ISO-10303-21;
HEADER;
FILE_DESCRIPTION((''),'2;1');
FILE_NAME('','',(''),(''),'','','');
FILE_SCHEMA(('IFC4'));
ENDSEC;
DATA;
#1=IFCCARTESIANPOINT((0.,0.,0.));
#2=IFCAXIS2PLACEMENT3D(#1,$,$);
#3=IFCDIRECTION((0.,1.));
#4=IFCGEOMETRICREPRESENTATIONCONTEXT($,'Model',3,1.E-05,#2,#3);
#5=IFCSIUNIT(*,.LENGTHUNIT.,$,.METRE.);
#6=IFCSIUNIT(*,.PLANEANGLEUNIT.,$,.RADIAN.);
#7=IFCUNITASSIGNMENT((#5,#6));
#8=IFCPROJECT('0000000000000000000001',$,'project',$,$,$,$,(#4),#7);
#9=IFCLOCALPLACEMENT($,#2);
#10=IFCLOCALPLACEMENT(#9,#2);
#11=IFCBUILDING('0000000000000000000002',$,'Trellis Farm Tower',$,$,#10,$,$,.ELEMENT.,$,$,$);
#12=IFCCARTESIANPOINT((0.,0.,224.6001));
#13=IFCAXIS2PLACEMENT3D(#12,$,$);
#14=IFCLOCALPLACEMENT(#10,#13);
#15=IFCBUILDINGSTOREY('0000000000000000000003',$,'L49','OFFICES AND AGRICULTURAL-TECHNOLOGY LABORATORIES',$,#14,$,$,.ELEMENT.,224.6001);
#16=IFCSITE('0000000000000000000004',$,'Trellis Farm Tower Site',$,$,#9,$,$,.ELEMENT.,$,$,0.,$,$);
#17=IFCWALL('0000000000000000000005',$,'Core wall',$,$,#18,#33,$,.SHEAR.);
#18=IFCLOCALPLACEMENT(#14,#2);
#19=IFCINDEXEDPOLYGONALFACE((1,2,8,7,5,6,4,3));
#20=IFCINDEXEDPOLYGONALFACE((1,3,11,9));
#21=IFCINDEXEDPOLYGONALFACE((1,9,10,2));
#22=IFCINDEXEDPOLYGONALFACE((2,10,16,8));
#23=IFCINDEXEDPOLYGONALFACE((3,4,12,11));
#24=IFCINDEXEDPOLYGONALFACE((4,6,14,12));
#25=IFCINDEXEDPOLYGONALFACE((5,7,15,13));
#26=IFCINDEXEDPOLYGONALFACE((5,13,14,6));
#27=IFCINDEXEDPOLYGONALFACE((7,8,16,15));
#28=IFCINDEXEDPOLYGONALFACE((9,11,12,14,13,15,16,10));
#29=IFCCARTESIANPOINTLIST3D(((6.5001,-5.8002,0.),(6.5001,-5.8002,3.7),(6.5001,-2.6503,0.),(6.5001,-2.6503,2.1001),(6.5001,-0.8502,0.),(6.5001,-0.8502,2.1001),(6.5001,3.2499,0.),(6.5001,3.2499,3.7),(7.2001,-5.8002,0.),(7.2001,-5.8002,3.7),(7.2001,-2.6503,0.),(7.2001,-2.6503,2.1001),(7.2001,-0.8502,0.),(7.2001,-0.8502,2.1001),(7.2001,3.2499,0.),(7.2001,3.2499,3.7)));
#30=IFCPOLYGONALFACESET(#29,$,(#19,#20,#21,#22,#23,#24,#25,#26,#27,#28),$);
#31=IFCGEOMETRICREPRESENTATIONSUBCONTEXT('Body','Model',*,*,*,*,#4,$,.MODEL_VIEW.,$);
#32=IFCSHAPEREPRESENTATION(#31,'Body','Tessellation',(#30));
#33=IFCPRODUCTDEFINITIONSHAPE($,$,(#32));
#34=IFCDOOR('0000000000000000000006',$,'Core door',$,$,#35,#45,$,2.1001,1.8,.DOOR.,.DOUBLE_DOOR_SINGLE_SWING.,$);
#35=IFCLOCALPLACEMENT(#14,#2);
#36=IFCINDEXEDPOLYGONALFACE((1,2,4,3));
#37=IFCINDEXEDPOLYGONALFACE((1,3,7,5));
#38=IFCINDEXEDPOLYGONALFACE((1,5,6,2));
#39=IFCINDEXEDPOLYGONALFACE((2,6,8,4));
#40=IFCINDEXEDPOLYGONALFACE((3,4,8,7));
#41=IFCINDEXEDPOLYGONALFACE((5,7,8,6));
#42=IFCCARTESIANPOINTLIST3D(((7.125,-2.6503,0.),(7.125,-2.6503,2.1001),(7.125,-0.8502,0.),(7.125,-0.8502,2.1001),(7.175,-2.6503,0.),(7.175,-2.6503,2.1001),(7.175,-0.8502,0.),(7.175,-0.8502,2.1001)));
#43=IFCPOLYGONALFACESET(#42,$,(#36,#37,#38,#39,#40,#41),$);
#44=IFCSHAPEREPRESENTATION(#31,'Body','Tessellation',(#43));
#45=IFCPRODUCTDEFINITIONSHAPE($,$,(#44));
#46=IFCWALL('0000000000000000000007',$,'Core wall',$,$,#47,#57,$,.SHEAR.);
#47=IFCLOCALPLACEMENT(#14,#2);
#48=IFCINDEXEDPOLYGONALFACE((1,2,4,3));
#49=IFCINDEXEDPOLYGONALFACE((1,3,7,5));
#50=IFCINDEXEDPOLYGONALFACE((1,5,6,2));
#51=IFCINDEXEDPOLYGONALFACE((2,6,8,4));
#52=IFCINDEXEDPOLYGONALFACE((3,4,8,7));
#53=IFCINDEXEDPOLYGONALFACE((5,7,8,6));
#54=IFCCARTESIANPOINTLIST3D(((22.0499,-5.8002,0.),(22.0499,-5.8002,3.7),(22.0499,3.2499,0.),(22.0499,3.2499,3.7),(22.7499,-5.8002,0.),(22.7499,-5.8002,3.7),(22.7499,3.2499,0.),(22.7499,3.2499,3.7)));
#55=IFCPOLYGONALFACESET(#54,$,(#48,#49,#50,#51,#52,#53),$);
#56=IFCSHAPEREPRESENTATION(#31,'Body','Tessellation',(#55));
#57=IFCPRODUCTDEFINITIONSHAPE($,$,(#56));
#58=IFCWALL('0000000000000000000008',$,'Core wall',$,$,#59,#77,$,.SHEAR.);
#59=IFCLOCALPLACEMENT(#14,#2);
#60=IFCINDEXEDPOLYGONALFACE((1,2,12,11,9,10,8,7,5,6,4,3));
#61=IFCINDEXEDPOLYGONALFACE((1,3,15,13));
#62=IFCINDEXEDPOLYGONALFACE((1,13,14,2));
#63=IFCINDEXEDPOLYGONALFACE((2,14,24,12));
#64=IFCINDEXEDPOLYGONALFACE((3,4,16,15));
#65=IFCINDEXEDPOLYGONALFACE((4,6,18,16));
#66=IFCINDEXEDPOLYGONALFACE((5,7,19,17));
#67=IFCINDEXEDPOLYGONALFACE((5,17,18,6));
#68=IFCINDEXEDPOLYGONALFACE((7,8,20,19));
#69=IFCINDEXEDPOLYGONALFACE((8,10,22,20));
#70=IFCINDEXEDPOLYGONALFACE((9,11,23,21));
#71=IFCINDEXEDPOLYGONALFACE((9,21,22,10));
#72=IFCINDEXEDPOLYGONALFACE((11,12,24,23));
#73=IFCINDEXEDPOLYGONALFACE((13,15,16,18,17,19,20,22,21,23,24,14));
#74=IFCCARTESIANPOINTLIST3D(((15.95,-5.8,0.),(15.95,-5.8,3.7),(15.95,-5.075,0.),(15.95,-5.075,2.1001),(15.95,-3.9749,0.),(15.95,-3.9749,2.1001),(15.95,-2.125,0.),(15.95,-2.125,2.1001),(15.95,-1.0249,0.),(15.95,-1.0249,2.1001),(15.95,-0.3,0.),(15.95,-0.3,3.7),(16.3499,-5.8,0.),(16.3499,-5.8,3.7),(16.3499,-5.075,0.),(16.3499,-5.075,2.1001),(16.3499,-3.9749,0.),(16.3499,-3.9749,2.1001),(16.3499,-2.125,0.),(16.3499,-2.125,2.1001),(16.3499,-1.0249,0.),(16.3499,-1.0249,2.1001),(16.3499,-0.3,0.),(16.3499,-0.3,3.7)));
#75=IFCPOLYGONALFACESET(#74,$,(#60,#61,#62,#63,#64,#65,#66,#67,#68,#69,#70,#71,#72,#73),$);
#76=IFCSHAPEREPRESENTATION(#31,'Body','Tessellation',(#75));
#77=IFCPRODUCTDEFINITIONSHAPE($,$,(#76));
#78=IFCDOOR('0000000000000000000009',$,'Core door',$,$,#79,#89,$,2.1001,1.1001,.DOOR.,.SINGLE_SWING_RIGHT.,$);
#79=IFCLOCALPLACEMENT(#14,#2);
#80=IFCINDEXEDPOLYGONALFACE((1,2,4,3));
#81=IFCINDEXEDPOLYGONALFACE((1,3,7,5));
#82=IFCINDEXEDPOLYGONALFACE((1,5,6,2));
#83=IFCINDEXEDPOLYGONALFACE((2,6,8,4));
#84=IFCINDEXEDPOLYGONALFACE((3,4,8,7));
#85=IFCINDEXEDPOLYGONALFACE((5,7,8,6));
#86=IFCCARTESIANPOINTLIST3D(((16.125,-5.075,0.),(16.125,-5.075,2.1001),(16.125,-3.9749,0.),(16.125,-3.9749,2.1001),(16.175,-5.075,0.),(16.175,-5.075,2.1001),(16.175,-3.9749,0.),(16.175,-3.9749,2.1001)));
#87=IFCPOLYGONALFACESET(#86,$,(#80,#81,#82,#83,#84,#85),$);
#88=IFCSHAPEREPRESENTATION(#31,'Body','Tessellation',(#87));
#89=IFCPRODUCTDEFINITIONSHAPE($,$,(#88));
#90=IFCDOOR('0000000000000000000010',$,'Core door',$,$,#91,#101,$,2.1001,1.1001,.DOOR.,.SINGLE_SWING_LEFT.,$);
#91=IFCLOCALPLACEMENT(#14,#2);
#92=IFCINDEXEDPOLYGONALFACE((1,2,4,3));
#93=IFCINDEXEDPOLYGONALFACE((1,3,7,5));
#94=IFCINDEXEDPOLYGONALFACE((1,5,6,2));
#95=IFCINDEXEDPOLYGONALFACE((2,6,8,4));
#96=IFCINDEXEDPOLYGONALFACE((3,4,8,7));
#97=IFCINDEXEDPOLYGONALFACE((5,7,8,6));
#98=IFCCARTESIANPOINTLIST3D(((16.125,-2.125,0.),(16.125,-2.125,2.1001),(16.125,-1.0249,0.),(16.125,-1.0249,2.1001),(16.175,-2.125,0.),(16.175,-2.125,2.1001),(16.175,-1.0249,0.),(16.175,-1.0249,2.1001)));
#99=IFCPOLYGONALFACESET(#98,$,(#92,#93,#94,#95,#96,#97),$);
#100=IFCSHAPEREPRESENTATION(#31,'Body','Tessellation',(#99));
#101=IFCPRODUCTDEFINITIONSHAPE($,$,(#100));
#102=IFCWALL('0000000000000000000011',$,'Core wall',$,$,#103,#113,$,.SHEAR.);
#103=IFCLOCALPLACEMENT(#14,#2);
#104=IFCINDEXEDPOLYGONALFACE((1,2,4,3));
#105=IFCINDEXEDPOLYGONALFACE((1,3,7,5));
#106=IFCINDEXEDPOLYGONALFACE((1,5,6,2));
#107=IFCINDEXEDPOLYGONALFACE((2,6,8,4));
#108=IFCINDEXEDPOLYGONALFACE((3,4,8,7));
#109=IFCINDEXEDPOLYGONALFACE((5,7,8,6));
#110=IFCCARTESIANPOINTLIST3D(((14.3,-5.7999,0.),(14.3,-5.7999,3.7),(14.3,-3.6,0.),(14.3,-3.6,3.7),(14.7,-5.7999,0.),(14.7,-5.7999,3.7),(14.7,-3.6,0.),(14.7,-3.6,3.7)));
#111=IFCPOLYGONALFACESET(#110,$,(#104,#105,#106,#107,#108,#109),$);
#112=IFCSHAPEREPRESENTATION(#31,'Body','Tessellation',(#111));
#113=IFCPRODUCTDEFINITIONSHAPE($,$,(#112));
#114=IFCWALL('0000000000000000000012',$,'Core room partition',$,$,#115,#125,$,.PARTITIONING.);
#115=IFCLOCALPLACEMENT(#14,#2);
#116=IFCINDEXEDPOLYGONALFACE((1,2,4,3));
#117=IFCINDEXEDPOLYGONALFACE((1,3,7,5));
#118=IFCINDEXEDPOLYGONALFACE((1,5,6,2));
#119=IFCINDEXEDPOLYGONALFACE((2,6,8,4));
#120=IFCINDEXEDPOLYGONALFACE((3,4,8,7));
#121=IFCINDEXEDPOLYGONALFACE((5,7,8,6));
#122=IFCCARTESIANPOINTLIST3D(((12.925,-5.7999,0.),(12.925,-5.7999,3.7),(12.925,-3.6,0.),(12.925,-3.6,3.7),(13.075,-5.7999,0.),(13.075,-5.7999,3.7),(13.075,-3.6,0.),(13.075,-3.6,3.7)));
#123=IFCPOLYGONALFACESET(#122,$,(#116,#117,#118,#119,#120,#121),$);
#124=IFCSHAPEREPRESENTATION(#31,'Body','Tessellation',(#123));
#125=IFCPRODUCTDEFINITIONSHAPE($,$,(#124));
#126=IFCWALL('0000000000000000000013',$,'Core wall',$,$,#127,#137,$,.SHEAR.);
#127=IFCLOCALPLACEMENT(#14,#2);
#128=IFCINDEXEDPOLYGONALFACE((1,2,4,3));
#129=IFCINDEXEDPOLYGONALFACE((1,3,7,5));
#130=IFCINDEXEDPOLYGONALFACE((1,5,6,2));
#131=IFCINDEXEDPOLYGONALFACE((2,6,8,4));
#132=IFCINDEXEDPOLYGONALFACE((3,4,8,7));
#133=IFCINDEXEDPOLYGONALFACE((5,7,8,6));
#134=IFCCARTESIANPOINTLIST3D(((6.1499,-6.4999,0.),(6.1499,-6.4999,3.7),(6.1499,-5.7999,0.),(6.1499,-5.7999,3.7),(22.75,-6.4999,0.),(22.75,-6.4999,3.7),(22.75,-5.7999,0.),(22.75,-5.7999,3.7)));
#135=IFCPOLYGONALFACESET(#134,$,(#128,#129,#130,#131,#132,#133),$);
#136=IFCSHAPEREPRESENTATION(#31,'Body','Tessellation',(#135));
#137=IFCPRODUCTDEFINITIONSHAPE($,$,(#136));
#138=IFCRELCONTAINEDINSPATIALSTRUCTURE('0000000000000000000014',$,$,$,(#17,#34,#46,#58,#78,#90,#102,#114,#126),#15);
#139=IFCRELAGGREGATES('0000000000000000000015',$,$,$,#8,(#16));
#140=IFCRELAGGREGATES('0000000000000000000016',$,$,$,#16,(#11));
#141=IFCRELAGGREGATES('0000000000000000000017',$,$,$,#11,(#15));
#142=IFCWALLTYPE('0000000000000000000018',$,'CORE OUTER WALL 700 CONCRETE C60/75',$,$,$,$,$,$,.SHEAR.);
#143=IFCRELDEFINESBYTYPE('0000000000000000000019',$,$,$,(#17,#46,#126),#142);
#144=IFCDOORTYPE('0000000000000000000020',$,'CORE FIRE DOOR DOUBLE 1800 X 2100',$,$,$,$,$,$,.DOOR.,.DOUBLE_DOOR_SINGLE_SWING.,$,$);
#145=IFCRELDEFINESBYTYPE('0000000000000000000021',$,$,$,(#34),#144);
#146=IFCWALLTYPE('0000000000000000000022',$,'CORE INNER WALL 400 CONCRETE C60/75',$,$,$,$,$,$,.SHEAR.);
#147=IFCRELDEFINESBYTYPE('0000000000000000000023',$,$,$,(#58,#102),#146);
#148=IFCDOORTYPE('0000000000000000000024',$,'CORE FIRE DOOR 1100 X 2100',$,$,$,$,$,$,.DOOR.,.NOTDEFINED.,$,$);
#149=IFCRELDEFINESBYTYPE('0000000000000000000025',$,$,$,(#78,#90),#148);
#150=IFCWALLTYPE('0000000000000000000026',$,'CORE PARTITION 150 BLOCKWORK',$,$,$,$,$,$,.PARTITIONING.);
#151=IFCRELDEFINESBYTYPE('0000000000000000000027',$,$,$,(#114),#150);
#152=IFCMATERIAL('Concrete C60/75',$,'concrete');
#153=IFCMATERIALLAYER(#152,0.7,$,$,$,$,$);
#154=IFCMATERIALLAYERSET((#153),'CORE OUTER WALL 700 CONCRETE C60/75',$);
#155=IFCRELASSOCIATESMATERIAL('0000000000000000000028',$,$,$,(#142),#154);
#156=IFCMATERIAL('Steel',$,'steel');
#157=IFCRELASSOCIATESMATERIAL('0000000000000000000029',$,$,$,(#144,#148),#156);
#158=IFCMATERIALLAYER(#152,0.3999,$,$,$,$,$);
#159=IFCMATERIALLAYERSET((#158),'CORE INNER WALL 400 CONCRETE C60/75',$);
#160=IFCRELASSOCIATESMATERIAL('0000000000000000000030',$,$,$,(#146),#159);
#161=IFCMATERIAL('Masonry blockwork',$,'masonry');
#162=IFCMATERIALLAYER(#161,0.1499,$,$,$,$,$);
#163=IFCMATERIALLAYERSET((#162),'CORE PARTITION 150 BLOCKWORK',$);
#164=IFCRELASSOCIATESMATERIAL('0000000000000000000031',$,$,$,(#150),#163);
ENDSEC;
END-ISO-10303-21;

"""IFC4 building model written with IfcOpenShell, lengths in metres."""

from ifc_helpers import new_model, si_unit, direction, frame, frame_2d, origin, place, context, subcontext, project, spatial, rectangle, extrude, source, transform, mapped, material, layer, layer_set, type_object, element, fill, save


model = new_model("IFC4")

# Units and contexts
model_context = context("Model", 3, precision=1e-05, world=origin(), true_north=direction((0.0, 1.0)))
body_context = subcontext(model_context, "Body", "Model", "MODEL_VIEW")
ifc_project = project(units=[si_unit("LENGTHUNIT", "METRE"), si_unit("PLANEANGLEUNIT", "RADIAN")], contexts=[model_context])

# Site, building, storey
site_placement = place(None, origin())
site = spatial("IfcSite", under=ifc_project, at=site_placement, Name="Trellis Farm Tower Site", CompositionType="ELEMENT", RefElevation=0.0)
building_placement = place(site_placement, origin())
building = spatial("IfcBuilding", under=site, at=building_placement, Name="Trellis Farm Tower", CompositionType="ELEMENT")
storey_placement = place(building_placement, frame((0.0, 0.0, 224.6001)))
storey = spatial("IfcBuildingStorey", under=building, at=storey_placement, Name="L49", Description="OFFICES AND AGRICULTURAL-TECHNOLOGY LABORATORIES", CompositionType="ELEMENT", Elevation=224.6001)

# Shared definitions
ifc_material_1 = material(Name="Concrete C60/75", Category="concrete")

# Wall, opening, door
ifc_layer_1 = layer(ifc_material_1, 0.7)
ifc_layer_set_1 = layer_set([ifc_layer_1], Name="CORE OUTER WALL 700 CONCRETE C60/75")
wall_type_1 = type_object("IfcWallType", Name="CORE OUTER WALL 700 CONCRETE C60/75", PredefinedType="SHEAR", material=ifc_layer_set_1)
shared_shape_1 = source(origin(), body_context, "Body", "SweptSolid", [
    extrude(rectangle(XDim=9.05, YDim=0.7, at=frame_2d((4.5249, 0.0))), origin(), (0.0, 0.0, 1.0), 3.7),
])
wall_1_placement = place(storey_placement, frame((6.8501, -5.8, 0.0), z_axis=(0.0, 0.0, 1.0), x_axis=(0.0, 1.0, 0.0)))
wall_1 = element("IfcWall", 1, at=wall_1_placement, inside=storey, type_object=wall_type_1, Name="Core wall", PredefinedType="SHEAR", context=body_context, shape_type="MappedRepresentation", body=[
    mapped(shared_shape_1, transform((0.0, 0.0, 0.0))),
])
shared_shape_2 = source(origin(), body_context, "Body", "SweptSolid", [
    extrude(rectangle(XDim=1.8, YDim=2.1001, at=frame_2d((0.8999, 1.05))), frame((0.0, 0.3601, 0.0), z_axis=(0.0, -1.0, 0.0), x_axis=(1.0, 0.0, 0.0)), (0.0, 0.0, 1.0), 0.7202),
])
opening_1_placement = place(wall_1_placement, frame((3.1499, 0.0, 0.0)))
opening_1 = element("IfcOpeningElement", 2, at=opening_1_placement, cuts=wall_1, PredefinedType="OPENING", context=body_context, shape_type="MappedRepresentation", body=[
    mapped(shared_shape_2, transform((0.0, 0.0, 0.0))),
])
ifc_material_2 = material(Name="Steel", Category="steel")
door_type_1 = type_object("IfcDoorType", Name="CORE FIRE DOOR DOUBLE 1800 X 2100", OperationType="DOUBLE_DOOR_SINGLE_SWING", PredefinedType="DOOR", material=ifc_material_2)
shared_shape_3 = source(origin(), body_context, "Body", "SweptSolid", [
    extrude(rectangle(XDim=1.8, YDim=2.1001, at=frame_2d((0.8999, 1.05))), frame((0.0, -0.2749, 0.0), z_axis=(0.0, -1.0, 0.0), x_axis=(1.0, 0.0, 0.0)), (0.0, 0.0, 1.0), 0.05),
])
door_1_placement = place(opening_1_placement, origin())
door_1 = element("IfcDoor", 3, at=door_1_placement, inside=storey, type_object=door_type_1, Name="Core door", OperationType="DOUBLE_DOOR_SINGLE_SWING", OverallHeight=2.1001, OverallWidth=1.8, PredefinedType="DOOR", context=body_context, shape_type="MappedRepresentation", body=[
    mapped(shared_shape_3, transform((0.0, 0.0, 0.0))),
])
fill(opening_1, door_1)

# Wall
wall_2_placement = place(storey_placement, frame((22.3999, -5.8, 0.0), z_axis=(0.0, 0.0, 1.0), x_axis=(0.0, 1.0, 0.0)))
element("IfcWall", 4, at=wall_2_placement, inside=storey, type_object=wall_type_1, Name="Core wall", PredefinedType="SHEAR", context=body_context, shape_type="MappedRepresentation", body=[
    mapped(shared_shape_1, transform((0.0, 0.0, 0.0))),
])

# Wall, openings, doors
ifc_layer_2 = layer(ifc_material_1, 0.3999)
ifc_layer_set_2 = layer_set([ifc_layer_2], Name="CORE INNER WALL 400 CONCRETE C60/75")
wall_type_2 = type_object("IfcWallType", Name="CORE INNER WALL 400 CONCRETE C60/75", PredefinedType="SHEAR", material=ifc_layer_set_2)
shared_shape_4 = source(origin(), body_context, "Body", "SweptSolid", [
    extrude(rectangle(XDim=5.5, YDim=0.3999, at=frame_2d((2.75, 0.0))), origin(), (0.0, 0.0, 1.0), 3.7),
])
wall_3_placement = place(storey_placement, frame((16.1499, -5.8, 0.0), z_axis=(0.0, 0.0, 1.0), x_axis=(0.0, 1.0, 0.0)))
wall_3 = element("IfcWall", 5, at=wall_3_placement, inside=storey, type_object=wall_type_2, Name="Core wall", PredefinedType="SHEAR", context=body_context, shape_type="MappedRepresentation", body=[
    mapped(shared_shape_4, transform((0.0, 0.0, 0.0))),
])
shared_shape_5 = source(origin(), body_context, "Body", "SweptSolid", [
    extrude(rectangle(XDim=1.1001, YDim=2.1001, at=frame_2d((0.55, 1.05))), frame((0.0, 0.21, 0.0), z_axis=(0.0, -1.0, 0.0), x_axis=(1.0, 0.0, 0.0)), (0.0, 0.0, 1.0), 0.4199),
])
opening_2_placement = place(wall_3_placement, frame((0.7251, 0.0, 0.0)))
opening_2 = element("IfcOpeningElement", 6, at=opening_2_placement, cuts=wall_3, PredefinedType="OPENING", context=body_context, shape_type="MappedRepresentation", body=[
    mapped(shared_shape_5, transform((0.0, 0.0, 0.0))),
])
opening_3_placement = place(wall_3_placement, frame((3.675, 0.0, 0.0)))
opening_3 = element("IfcOpeningElement", 7, at=opening_3_placement, cuts=wall_3, PredefinedType="OPENING", context=body_context, shape_type="MappedRepresentation", body=[
    mapped(shared_shape_5, transform((0.0, 0.0, 0.0))),
])
door_type_2 = type_object("IfcDoorType", Name="CORE FIRE DOOR 1100 X 2100", OperationType="NOTDEFINED", PredefinedType="DOOR", material=ifc_material_2)
shared_shape_6 = source(origin(), body_context, "Body", "SweptSolid", [
    extrude(rectangle(XDim=1.1001, YDim=2.1001, at=frame_2d((0.55, 1.05))), frame((0.0, 0.0249, 0.0), z_axis=(0.0, -1.0, 0.0), x_axis=(1.0, 0.0, 0.0)), (0.0, 0.0, 1.0), 0.05),
])
door_2_placement = place(opening_2_placement, origin())
door_2 = element("IfcDoor", 8, at=door_2_placement, inside=storey, type_object=door_type_2, Name="Core door", OperationType="SINGLE_SWING_RIGHT", OverallHeight=2.1001, OverallWidth=1.1001, PredefinedType="DOOR", context=body_context, shape_type="MappedRepresentation", body=[
    mapped(shared_shape_6, transform((0.0, 0.0, 0.0))),
])
fill(opening_2, door_2)
door_3_placement = place(opening_3_placement, origin())
door_3 = element("IfcDoor", 9, at=door_3_placement, inside=storey, type_object=door_type_2, Name="Core door", OperationType="SINGLE_SWING_LEFT", OverallHeight=2.1001, OverallWidth=1.1001, PredefinedType="DOOR", context=body_context, shape_type="MappedRepresentation", body=[
    mapped(shared_shape_6, transform((0.0, 0.0, 0.0))),
])
fill(opening_3, door_3)

# Walls
shared_shape_7 = source(origin(), body_context, "Body", "SweptSolid", [
    extrude(rectangle(XDim=2.2, YDim=0.3999, at=frame_2d((1.1001, 0.0))), origin(), (0.0, 0.0, 1.0), 3.7),
])
wall_4_placement = place(storey_placement, frame((14.5, -5.8, 0.0), z_axis=(0.0, 0.0, 1.0), x_axis=(0.0, 1.0, 0.0)))
element("IfcWall", 10, at=wall_4_placement, inside=storey, type_object=wall_type_2, Name="Core wall", PredefinedType="SHEAR", context=body_context, shape_type="MappedRepresentation", body=[
    mapped(shared_shape_7, transform((0.0, 0.0, 0.0))),
])
ifc_material_3 = material(Name="Masonry blockwork", Category="masonry")
ifc_layer_3 = layer(ifc_material_3, 0.1499)
ifc_layer_set_3 = layer_set([ifc_layer_3], Name="CORE PARTITION 150 BLOCKWORK")
wall_type_3 = type_object("IfcWallType", Name="CORE PARTITION 150 BLOCKWORK", PredefinedType="PARTITIONING", material=ifc_layer_set_3)
shared_shape_8 = source(origin(), body_context, "Body", "SweptSolid", [
    extrude(rectangle(XDim=2.2, YDim=0.1499, at=frame_2d((1.1001, 0.0))), origin(), (0.0, 0.0, 1.0), 3.7),
])
wall_5_placement = place(storey_placement, frame((13.0, -5.8, 0.0), z_axis=(0.0, 0.0, 1.0), x_axis=(0.0, 1.0, 0.0)))
element("IfcWall", 11, at=wall_5_placement, inside=storey, type_object=wall_type_3, Name="Core room partition", PredefinedType="PARTITIONING", context=body_context, shape_type="MappedRepresentation", body=[
    mapped(shared_shape_8, transform((0.0, 0.0, 0.0))),
])
shared_shape_9 = source(origin(), body_context, "Body", "SweptSolid", [
    extrude(rectangle(XDim=16.6001, YDim=0.7, at=frame_2d((8.3, 0.0))), origin(), (0.0, 0.0, 1.0), 3.7),
])
wall_6_placement = place(storey_placement, frame((6.1499, -6.1499, 0.0), z_axis=(0.0, 0.0, 1.0), x_axis=(1.0, 0.0, 0.0)))
element("IfcWall", 12, at=wall_6_placement, inside=storey, type_object=wall_type_1, Name="Core wall", PredefinedType="SHEAR", context=body_context, shape_type="MappedRepresentation", body=[
    mapped(shared_shape_9, transform((0.0, 0.0, 0.0))),
])

save(model, "model.ifc")
